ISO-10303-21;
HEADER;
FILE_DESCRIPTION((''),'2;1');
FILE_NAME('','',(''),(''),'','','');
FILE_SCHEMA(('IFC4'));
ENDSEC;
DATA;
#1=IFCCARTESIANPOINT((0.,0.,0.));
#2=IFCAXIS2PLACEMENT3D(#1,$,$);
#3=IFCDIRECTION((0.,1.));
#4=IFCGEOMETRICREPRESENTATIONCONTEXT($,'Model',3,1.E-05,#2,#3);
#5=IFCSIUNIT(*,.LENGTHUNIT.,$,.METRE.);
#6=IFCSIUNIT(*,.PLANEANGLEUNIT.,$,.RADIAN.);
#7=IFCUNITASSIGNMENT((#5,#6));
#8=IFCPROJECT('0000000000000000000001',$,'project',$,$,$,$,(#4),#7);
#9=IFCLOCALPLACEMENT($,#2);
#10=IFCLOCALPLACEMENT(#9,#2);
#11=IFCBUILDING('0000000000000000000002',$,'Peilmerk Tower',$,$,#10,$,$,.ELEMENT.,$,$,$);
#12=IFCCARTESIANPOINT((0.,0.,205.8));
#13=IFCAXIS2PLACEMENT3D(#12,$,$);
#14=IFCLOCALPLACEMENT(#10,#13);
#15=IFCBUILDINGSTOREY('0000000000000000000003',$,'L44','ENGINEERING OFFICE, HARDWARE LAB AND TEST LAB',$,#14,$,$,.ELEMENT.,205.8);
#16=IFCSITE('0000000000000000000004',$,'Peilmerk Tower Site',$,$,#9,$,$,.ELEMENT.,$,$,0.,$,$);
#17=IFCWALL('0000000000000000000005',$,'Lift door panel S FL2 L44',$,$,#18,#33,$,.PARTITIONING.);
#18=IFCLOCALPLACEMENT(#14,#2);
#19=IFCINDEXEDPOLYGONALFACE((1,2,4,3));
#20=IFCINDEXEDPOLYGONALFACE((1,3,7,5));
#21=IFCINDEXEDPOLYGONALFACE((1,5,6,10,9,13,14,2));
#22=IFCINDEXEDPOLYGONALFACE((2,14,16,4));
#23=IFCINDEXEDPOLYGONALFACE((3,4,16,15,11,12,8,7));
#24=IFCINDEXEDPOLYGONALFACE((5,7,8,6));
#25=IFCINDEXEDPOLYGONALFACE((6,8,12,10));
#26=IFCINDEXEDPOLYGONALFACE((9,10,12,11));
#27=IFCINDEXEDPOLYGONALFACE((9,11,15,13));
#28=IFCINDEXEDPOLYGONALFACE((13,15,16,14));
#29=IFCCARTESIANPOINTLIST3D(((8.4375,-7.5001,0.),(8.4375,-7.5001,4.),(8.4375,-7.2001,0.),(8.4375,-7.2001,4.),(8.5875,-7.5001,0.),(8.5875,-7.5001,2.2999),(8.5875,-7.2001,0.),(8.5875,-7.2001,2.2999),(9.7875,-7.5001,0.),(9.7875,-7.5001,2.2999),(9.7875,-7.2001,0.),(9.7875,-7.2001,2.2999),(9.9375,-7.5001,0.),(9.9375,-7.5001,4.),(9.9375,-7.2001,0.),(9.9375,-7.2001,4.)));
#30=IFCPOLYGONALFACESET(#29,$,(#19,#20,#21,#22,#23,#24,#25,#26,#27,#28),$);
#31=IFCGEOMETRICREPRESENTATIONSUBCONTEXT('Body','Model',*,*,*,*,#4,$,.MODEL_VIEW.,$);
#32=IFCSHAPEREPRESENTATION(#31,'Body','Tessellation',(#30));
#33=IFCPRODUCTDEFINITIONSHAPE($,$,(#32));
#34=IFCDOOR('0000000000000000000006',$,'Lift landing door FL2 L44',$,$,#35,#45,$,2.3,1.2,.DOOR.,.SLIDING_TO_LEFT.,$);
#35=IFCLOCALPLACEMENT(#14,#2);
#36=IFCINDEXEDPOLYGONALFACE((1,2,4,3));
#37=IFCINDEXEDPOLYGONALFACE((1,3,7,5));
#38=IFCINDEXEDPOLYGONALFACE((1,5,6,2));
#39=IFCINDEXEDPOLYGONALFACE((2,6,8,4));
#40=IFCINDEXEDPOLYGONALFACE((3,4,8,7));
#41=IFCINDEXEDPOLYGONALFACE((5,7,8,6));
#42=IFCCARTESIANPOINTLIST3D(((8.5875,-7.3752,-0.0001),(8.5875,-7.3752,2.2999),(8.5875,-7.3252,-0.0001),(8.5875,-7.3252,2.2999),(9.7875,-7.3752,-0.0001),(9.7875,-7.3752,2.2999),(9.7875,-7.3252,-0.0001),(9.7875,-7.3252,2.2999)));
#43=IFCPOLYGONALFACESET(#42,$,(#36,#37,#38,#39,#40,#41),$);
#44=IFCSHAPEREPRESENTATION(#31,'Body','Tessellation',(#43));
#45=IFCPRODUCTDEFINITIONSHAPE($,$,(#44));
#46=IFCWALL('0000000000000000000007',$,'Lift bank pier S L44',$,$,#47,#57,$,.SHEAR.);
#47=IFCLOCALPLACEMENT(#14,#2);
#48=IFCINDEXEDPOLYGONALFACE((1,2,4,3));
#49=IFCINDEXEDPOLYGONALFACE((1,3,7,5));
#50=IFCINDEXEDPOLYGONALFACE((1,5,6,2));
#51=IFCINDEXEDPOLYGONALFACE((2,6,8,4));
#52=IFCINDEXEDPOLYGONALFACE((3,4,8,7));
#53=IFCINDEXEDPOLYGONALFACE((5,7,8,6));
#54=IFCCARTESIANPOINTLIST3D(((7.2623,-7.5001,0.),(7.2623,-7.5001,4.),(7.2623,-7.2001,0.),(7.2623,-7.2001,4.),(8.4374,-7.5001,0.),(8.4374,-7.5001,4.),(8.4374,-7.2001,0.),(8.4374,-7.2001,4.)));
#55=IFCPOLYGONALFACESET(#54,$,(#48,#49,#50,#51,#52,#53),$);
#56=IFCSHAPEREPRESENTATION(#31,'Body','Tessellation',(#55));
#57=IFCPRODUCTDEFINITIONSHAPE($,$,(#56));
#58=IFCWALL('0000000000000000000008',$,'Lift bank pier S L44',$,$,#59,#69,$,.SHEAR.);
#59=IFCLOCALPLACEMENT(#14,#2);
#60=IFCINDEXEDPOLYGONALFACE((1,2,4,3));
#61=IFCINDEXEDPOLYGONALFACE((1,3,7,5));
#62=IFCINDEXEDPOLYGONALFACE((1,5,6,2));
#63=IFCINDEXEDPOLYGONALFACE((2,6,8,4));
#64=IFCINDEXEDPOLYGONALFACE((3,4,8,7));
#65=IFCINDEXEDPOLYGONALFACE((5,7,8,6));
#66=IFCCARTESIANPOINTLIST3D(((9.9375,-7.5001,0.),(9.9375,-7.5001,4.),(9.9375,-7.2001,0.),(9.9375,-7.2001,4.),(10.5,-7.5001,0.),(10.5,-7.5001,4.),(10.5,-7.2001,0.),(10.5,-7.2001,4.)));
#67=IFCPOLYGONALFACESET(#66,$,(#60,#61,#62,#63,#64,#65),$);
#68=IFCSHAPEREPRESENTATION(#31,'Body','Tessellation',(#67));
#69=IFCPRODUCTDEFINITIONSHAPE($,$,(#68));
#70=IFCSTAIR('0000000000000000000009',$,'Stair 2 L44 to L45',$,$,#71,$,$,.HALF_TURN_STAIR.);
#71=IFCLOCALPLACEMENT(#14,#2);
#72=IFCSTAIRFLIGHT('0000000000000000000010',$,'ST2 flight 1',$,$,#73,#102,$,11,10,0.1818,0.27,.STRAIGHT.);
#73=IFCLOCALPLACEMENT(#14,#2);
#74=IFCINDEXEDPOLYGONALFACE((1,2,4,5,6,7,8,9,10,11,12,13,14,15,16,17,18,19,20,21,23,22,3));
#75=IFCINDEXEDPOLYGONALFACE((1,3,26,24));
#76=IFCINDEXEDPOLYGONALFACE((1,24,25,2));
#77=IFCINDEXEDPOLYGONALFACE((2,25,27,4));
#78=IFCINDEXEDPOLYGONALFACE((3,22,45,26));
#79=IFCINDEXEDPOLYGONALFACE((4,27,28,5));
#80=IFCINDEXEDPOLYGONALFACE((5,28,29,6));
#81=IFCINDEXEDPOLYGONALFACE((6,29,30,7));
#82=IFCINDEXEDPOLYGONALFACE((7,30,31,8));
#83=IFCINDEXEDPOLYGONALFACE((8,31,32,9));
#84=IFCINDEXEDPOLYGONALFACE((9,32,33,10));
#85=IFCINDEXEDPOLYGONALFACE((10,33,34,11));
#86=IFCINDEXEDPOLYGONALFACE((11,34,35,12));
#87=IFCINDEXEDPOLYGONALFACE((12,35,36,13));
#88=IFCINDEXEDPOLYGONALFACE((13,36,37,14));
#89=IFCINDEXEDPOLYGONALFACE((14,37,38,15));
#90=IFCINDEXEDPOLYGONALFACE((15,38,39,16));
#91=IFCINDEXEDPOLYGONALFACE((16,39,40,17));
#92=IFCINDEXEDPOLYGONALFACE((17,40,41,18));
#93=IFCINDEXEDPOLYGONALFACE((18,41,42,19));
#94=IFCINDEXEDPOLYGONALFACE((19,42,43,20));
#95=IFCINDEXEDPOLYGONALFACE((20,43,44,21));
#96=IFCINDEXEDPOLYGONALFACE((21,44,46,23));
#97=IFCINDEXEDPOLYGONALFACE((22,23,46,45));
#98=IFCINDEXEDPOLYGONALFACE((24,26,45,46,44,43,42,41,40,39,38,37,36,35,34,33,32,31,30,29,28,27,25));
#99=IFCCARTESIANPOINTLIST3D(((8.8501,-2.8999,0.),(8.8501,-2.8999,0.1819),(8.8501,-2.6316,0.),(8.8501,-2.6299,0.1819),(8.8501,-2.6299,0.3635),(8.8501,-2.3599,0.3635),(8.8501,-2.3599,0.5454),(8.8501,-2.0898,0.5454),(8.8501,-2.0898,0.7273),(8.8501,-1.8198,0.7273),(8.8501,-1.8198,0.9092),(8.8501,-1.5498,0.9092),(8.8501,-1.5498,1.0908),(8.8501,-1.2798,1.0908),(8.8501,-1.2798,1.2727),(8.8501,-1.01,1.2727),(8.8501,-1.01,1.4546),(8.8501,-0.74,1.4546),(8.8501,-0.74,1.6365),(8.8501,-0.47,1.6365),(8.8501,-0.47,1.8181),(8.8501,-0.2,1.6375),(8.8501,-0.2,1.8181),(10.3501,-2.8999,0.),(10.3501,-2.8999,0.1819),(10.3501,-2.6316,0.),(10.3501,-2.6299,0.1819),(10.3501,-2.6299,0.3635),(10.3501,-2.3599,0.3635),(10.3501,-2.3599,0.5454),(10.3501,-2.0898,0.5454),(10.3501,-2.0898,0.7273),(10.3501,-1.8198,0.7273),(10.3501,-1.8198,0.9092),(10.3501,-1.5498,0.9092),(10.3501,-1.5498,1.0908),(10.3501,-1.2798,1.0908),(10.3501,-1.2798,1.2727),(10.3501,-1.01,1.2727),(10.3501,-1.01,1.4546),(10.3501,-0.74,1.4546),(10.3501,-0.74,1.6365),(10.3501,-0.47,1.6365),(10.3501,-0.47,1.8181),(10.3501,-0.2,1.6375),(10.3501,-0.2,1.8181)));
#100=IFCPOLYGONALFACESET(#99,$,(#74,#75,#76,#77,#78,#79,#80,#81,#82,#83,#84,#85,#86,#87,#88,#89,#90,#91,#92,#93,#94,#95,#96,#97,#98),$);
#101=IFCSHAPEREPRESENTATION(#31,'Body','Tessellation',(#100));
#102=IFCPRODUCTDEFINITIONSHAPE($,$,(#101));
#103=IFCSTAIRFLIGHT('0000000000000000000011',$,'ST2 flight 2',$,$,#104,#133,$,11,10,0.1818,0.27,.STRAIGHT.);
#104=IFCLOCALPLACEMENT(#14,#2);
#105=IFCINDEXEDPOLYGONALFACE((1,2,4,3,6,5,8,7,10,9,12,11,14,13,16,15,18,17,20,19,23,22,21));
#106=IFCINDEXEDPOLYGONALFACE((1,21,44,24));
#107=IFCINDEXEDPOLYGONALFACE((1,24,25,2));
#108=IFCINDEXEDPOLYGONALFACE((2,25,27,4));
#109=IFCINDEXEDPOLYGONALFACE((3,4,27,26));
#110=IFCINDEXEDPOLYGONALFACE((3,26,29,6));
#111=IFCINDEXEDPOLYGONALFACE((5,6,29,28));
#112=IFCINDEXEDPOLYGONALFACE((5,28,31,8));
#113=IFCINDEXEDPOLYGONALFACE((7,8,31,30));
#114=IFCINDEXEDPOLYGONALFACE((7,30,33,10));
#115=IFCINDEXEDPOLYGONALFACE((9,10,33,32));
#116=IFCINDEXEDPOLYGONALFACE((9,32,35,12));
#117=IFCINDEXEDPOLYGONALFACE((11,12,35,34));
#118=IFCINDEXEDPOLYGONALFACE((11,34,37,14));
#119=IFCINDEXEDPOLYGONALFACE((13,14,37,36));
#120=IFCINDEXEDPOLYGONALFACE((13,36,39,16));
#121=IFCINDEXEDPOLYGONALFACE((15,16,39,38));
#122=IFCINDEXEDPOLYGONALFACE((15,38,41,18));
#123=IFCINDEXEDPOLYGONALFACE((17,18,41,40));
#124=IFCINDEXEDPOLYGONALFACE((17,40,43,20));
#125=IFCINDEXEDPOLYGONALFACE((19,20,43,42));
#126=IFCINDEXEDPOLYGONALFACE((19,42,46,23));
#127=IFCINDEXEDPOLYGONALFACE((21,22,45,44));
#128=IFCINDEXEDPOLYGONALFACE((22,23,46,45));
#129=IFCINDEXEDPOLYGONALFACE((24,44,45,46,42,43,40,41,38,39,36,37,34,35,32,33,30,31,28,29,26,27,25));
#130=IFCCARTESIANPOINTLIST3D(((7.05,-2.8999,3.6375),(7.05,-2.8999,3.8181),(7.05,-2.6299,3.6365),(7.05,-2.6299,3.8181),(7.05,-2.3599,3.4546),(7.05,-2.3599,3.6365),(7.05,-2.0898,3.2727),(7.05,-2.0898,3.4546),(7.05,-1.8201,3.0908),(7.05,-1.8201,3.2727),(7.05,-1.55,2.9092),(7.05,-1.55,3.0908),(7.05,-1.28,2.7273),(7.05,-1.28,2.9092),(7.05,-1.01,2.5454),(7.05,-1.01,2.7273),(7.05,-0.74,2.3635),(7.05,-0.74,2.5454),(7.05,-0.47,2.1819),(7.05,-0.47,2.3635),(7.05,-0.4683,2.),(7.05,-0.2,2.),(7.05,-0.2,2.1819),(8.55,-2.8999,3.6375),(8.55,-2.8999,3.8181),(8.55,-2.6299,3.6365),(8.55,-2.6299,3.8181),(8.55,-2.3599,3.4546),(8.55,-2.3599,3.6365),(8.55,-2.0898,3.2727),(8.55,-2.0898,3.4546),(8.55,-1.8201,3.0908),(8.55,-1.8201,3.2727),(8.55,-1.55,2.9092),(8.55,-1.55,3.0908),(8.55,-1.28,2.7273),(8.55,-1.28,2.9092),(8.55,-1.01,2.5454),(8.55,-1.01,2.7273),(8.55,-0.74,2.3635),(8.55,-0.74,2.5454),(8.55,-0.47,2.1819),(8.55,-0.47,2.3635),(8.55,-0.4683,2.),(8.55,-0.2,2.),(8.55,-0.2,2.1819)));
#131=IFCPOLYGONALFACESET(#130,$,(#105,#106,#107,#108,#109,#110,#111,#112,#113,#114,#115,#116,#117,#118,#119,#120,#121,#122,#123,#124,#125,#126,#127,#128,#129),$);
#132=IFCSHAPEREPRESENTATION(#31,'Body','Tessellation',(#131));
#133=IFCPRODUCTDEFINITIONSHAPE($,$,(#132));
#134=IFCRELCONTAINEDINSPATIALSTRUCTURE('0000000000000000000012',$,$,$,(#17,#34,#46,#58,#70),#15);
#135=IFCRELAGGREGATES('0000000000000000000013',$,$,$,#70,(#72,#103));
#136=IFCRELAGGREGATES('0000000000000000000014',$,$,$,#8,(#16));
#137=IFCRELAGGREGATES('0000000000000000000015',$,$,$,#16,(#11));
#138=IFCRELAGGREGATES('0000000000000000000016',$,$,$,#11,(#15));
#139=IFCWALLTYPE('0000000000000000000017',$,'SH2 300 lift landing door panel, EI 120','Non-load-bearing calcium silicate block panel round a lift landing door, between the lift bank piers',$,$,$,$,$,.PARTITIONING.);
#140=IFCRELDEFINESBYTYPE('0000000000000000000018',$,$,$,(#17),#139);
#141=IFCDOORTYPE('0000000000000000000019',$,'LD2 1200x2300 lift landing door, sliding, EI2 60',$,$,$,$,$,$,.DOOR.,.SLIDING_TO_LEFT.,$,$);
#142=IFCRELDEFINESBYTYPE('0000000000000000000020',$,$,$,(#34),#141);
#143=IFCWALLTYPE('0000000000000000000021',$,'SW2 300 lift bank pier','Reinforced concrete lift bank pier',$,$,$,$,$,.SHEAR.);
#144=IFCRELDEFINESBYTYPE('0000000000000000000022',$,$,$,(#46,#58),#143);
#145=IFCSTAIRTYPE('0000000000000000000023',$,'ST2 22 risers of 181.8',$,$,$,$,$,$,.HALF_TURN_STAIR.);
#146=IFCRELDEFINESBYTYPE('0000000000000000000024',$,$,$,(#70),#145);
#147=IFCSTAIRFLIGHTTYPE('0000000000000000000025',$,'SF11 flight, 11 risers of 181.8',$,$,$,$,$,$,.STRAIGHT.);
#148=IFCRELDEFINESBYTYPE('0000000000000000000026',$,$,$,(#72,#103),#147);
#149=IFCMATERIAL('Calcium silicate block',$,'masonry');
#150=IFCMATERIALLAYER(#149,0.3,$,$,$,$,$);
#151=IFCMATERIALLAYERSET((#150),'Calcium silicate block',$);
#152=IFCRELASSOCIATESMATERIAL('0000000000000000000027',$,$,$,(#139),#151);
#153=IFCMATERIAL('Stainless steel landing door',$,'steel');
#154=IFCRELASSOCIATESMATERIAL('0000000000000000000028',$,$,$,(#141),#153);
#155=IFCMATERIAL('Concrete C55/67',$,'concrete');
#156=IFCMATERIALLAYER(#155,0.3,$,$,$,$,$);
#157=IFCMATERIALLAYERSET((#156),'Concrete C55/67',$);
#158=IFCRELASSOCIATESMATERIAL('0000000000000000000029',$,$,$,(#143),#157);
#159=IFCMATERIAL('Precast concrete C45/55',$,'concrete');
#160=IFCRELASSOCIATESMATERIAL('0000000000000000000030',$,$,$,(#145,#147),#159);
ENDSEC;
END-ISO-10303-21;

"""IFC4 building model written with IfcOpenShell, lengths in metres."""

from ifc_helpers import new_model, si_unit, direction, frame, frame_2d, origin, place, context, subcontext, project, spatial, polyline, rectangle, outline, extrude, material, layer, layer_set, type_object, element, fill, aggregate, save


model = new_model("IFC4")

# Units and contexts
model_context = context("Model", 3, precision=1e-05, world=origin(), true_north=direction((0.0, 1.0)))
body_context = subcontext(model_context, "Body", "Model", "MODEL_VIEW")
ifc_project = project(units=[si_unit("LENGTHUNIT", "METRE"), si_unit("PLANEANGLEUNIT", "RADIAN")], contexts=[model_context])

# Site, building, storey
site_placement = place(None, origin())
site = spatial("IfcSite", under=ifc_project, at=site_placement, Name="Peilmerk Tower Site", CompositionType="ELEMENT", RefElevation=0.0)
building_placement = place(site_placement, origin())
building = spatial("IfcBuilding", under=site, at=building_placement, Name="Peilmerk Tower", CompositionType="ELEMENT")
storey_placement = place(building_placement, frame((0.0, 0.0, 205.8)))
storey = spatial("IfcBuildingStorey", under=building, at=storey_placement, Name="L44", Description="ENGINEERING OFFICE, HARDWARE LAB AND TEST LAB", CompositionType="ELEMENT", Elevation=205.8)

# Shared definitions
ifc_material_1 = material(Name="Precast concrete C45/55", Category="concrete")

# Wall, opening, door
ifc_material_2 = material(Name="Calcium silicate block", Category="masonry")
ifc_layer_1 = layer(ifc_material_2, 0.3)
ifc_layer_set_1 = layer_set([ifc_layer_1], Name="Calcium silicate block")
wall_type_1 = type_object("IfcWallType", Name="SH2 300 lift landing door panel, EI 120", Description="Non-load-bearing calcium silicate block panel round a lift landing door, between the lift bank piers", PredefinedType="PARTITIONING", material=ifc_layer_set_1)
wall_1_placement = place(storey_placement, frame((8.4375, -7.3501, 0.0), z_axis=(0.0, 0.0, 1.0), x_axis=(1.0, 0.0, 0.0)))
wall_1 = element("IfcWall", 1, at=wall_1_placement, inside=storey, type_object=wall_type_1, Name="Lift door panel S FL2 L44", PredefinedType="PARTITIONING", context=body_context, shape_type="SweptSolid", body=[
    extrude(rectangle(XDim=1.5, YDim=0.3, at=frame_2d((0.75, 0.0))), origin(), (0.0, 0.0, 1.0), 4.0),
])
opening_1_placement = place(wall_1_placement, frame((0.1499, 0.0, 0.0)))
opening_1 = element("IfcOpeningElement", 2, at=opening_1_placement, cuts=wall_1, PredefinedType="OPENING", context=body_context, shape_type="SweptSolid", body=[
    extrude(rectangle(XDim=1.2, YDim=2.3, at=frame_2d((0.6001, 1.1499))), frame((0.0, 0.1599, 0.0), z_axis=(0.0, -1.0, 0.0), x_axis=(1.0, 0.0, 0.0)), (0.0, 0.0, 1.0), 0.3201),
])
ifc_material_3 = material(Name="Stainless steel landing door", Category="steel")
door_type_1 = type_object("IfcDoorType", Name="LD2 1200x2300 lift landing door, sliding, EI2 60", OperationType="SLIDING_TO_LEFT", PredefinedType="DOOR", material=ifc_material_3)
door_1_placement = place(opening_1_placement, origin())
door_1 = element("IfcDoor", 3, at=door_1_placement, inside=storey, type_object=door_type_1, Name="Lift landing door FL2 L44", OperationType="SLIDING_TO_LEFT", OverallHeight=2.3, OverallWidth=1.2, PredefinedType="DOOR", context=body_context, shape_type="SweptSolid", body=[
    extrude(rectangle(XDim=1.2, YDim=2.3, at=frame_2d((0.6001, 1.1499))), frame((0.0, 0.0249, 0.0), z_axis=(0.0, -1.0, 0.0), x_axis=(1.0, 0.0, 0.0)), (0.0, 0.0, 1.0), 0.05),
])
fill(opening_1, door_1)

# Walls
ifc_material_4 = material(Name="Concrete C55/67", Category="concrete")
ifc_layer_2 = layer(ifc_material_4, 0.3)
ifc_layer_set_2 = layer_set([ifc_layer_2], Name="Concrete C55/67")
wall_type_2 = type_object("IfcWallType", Name="SW2 300 lift bank pier", Description="Reinforced concrete lift bank pier", PredefinedType="SHEAR", material=ifc_layer_set_2)
wall_2_placement = place(storey_placement, frame((7.2625, -7.3501, 0.0), z_axis=(0.0, 0.0, 1.0), x_axis=(1.0, 0.0, 0.0)))
element("IfcWall", 4, at=wall_2_placement, inside=storey, type_object=wall_type_2, Name="Lift bank pier S L44", PredefinedType="SHEAR", context=body_context, shape_type="SweptSolid", body=[
    extrude(rectangle(XDim=1.175, YDim=0.3, at=frame_2d((0.5874, 0.0))), origin(), (0.0, 0.0, 1.0), 4.0),
])
wall_3_placement = place(storey_placement, frame((9.9375, -7.3501, 0.0), z_axis=(0.0, 0.0, 1.0), x_axis=(1.0, 0.0, 0.0)))
element("IfcWall", 5, at=wall_3_placement, inside=storey, type_object=wall_type_2, Name="Lift bank pier S L44", PredefinedType="SHEAR", context=body_context, shape_type="SweptSolid", body=[
    extrude(rectangle(XDim=0.5625, YDim=0.3, at=frame_2d((0.2812, 0.0))), origin(), (0.0, 0.0, 1.0), 4.0),
])

# Stair, stair flights
stair_type_1 = type_object("IfcStairType", Name="ST2 22 risers of 181.8", PredefinedType="HALF_TURN_STAIR", material=ifc_material_1)
stair_1_placement = place(storey_placement, origin())
stair_1 = element("IfcStair", 6, at=stair_1_placement, inside=storey, type_object=stair_type_1, Name="Stair 2 L44 to L45", PredefinedType="HALF_TURN_STAIR")
stair_flight_type = type_object("IfcStairFlightType", Name="SF11 flight, 11 risers of 181.8", PredefinedType="STRAIGHT", material=ifc_material_1)
stair_flight_1_placement = place(storey_placement, frame((9.6001, -2.8999, 0.0), z_axis=(0.0, 0.0, 1.0), x_axis=(0.0, 1.0, 0.0)))
stair_flight_1 = element("IfcStairFlight", 7, at=stair_flight_1_placement, type_object=stair_flight_type, Name="ST2 flight 1", NumberOfRisers=11, NumberOfTreads=10, PredefinedType="STRAIGHT", RiserHeight=0.1818, TreadLength=0.27, context=body_context, shape_type="SweptSolid", body=[
    extrude(outline(polyline([(0.0, 0.0), (0.0, 0.1819), (0.27, 0.1819), (0.27, 0.3635), (0.54, 0.3635), (0.54, 0.5454), (0.8101, 0.5454), (0.8101, 0.7273), (1.0801, 0.7273), (1.0801, 0.9092), (1.3501, 0.9092), (1.3501, 1.0908), (1.6201, 1.0908), (1.6201, 1.2727), (1.8899, 1.2727), (1.8899, 1.4546), (2.1599, 1.4546), (2.1599, 1.6365), (2.4299, 1.6365), (2.4299, 1.8181), (2.7, 1.8181), (2.7, 2.0), (2.7, 1.6375), (0.2683, 0.0), (0.0, 0.0)])), frame((0.0, 0.75, 0.0), z_axis=(0.0, -1.0, 0.0), x_axis=(1.0, 0.0, 0.0)), (0.0, 0.0, 1.0), 1.5),
])
stair_flight_2_placement = place(storey_placement, frame((7.8, -0.2, 2.0), z_axis=(0.0, 0.0, 1.0), x_axis=(0.0, -1.0, 0.0)))
stair_flight_2 = element("IfcStairFlight", 8, at=stair_flight_2_placement, type_object=stair_flight_type, Name="ST2 flight 2", NumberOfRisers=11, NumberOfTreads=10, PredefinedType="STRAIGHT", RiserHeight=0.1818, TreadLength=0.27, context=body_context, shape_type="SweptSolid", body=[
    extrude(outline(polyline([(0.0, 0.0), (0.0, 0.1819), (0.27, 0.1819), (0.27, 0.3635), (0.54, 0.3635), (0.54, 0.5454), (0.8101, 0.5454), (0.8101, 0.7273), (1.0801, 0.7273), (1.0801, 0.9092), (1.3501, 0.9092), (1.3501, 1.0908), (1.6201, 1.0908), (1.6201, 1.2727), (1.8899, 1.2727), (1.8899, 1.4546), (2.1599, 1.4546), (2.1599, 1.6365), (2.4299, 1.6365), (2.4299, 1.8181), (2.7, 1.8181), (2.7, 2.0), (2.7, 1.6375), (0.2683, 0.0), (0.0, 0.0)])), frame((0.0, 0.75, 0.0), z_axis=(0.0, -1.0, 0.0), x_axis=(1.0, 0.0, 0.0)), (0.0, 0.0, 1.0), 1.5),
])
aggregate(stair_1, [stair_flight_1, stair_flight_2])

save(model, "model.ifc")
